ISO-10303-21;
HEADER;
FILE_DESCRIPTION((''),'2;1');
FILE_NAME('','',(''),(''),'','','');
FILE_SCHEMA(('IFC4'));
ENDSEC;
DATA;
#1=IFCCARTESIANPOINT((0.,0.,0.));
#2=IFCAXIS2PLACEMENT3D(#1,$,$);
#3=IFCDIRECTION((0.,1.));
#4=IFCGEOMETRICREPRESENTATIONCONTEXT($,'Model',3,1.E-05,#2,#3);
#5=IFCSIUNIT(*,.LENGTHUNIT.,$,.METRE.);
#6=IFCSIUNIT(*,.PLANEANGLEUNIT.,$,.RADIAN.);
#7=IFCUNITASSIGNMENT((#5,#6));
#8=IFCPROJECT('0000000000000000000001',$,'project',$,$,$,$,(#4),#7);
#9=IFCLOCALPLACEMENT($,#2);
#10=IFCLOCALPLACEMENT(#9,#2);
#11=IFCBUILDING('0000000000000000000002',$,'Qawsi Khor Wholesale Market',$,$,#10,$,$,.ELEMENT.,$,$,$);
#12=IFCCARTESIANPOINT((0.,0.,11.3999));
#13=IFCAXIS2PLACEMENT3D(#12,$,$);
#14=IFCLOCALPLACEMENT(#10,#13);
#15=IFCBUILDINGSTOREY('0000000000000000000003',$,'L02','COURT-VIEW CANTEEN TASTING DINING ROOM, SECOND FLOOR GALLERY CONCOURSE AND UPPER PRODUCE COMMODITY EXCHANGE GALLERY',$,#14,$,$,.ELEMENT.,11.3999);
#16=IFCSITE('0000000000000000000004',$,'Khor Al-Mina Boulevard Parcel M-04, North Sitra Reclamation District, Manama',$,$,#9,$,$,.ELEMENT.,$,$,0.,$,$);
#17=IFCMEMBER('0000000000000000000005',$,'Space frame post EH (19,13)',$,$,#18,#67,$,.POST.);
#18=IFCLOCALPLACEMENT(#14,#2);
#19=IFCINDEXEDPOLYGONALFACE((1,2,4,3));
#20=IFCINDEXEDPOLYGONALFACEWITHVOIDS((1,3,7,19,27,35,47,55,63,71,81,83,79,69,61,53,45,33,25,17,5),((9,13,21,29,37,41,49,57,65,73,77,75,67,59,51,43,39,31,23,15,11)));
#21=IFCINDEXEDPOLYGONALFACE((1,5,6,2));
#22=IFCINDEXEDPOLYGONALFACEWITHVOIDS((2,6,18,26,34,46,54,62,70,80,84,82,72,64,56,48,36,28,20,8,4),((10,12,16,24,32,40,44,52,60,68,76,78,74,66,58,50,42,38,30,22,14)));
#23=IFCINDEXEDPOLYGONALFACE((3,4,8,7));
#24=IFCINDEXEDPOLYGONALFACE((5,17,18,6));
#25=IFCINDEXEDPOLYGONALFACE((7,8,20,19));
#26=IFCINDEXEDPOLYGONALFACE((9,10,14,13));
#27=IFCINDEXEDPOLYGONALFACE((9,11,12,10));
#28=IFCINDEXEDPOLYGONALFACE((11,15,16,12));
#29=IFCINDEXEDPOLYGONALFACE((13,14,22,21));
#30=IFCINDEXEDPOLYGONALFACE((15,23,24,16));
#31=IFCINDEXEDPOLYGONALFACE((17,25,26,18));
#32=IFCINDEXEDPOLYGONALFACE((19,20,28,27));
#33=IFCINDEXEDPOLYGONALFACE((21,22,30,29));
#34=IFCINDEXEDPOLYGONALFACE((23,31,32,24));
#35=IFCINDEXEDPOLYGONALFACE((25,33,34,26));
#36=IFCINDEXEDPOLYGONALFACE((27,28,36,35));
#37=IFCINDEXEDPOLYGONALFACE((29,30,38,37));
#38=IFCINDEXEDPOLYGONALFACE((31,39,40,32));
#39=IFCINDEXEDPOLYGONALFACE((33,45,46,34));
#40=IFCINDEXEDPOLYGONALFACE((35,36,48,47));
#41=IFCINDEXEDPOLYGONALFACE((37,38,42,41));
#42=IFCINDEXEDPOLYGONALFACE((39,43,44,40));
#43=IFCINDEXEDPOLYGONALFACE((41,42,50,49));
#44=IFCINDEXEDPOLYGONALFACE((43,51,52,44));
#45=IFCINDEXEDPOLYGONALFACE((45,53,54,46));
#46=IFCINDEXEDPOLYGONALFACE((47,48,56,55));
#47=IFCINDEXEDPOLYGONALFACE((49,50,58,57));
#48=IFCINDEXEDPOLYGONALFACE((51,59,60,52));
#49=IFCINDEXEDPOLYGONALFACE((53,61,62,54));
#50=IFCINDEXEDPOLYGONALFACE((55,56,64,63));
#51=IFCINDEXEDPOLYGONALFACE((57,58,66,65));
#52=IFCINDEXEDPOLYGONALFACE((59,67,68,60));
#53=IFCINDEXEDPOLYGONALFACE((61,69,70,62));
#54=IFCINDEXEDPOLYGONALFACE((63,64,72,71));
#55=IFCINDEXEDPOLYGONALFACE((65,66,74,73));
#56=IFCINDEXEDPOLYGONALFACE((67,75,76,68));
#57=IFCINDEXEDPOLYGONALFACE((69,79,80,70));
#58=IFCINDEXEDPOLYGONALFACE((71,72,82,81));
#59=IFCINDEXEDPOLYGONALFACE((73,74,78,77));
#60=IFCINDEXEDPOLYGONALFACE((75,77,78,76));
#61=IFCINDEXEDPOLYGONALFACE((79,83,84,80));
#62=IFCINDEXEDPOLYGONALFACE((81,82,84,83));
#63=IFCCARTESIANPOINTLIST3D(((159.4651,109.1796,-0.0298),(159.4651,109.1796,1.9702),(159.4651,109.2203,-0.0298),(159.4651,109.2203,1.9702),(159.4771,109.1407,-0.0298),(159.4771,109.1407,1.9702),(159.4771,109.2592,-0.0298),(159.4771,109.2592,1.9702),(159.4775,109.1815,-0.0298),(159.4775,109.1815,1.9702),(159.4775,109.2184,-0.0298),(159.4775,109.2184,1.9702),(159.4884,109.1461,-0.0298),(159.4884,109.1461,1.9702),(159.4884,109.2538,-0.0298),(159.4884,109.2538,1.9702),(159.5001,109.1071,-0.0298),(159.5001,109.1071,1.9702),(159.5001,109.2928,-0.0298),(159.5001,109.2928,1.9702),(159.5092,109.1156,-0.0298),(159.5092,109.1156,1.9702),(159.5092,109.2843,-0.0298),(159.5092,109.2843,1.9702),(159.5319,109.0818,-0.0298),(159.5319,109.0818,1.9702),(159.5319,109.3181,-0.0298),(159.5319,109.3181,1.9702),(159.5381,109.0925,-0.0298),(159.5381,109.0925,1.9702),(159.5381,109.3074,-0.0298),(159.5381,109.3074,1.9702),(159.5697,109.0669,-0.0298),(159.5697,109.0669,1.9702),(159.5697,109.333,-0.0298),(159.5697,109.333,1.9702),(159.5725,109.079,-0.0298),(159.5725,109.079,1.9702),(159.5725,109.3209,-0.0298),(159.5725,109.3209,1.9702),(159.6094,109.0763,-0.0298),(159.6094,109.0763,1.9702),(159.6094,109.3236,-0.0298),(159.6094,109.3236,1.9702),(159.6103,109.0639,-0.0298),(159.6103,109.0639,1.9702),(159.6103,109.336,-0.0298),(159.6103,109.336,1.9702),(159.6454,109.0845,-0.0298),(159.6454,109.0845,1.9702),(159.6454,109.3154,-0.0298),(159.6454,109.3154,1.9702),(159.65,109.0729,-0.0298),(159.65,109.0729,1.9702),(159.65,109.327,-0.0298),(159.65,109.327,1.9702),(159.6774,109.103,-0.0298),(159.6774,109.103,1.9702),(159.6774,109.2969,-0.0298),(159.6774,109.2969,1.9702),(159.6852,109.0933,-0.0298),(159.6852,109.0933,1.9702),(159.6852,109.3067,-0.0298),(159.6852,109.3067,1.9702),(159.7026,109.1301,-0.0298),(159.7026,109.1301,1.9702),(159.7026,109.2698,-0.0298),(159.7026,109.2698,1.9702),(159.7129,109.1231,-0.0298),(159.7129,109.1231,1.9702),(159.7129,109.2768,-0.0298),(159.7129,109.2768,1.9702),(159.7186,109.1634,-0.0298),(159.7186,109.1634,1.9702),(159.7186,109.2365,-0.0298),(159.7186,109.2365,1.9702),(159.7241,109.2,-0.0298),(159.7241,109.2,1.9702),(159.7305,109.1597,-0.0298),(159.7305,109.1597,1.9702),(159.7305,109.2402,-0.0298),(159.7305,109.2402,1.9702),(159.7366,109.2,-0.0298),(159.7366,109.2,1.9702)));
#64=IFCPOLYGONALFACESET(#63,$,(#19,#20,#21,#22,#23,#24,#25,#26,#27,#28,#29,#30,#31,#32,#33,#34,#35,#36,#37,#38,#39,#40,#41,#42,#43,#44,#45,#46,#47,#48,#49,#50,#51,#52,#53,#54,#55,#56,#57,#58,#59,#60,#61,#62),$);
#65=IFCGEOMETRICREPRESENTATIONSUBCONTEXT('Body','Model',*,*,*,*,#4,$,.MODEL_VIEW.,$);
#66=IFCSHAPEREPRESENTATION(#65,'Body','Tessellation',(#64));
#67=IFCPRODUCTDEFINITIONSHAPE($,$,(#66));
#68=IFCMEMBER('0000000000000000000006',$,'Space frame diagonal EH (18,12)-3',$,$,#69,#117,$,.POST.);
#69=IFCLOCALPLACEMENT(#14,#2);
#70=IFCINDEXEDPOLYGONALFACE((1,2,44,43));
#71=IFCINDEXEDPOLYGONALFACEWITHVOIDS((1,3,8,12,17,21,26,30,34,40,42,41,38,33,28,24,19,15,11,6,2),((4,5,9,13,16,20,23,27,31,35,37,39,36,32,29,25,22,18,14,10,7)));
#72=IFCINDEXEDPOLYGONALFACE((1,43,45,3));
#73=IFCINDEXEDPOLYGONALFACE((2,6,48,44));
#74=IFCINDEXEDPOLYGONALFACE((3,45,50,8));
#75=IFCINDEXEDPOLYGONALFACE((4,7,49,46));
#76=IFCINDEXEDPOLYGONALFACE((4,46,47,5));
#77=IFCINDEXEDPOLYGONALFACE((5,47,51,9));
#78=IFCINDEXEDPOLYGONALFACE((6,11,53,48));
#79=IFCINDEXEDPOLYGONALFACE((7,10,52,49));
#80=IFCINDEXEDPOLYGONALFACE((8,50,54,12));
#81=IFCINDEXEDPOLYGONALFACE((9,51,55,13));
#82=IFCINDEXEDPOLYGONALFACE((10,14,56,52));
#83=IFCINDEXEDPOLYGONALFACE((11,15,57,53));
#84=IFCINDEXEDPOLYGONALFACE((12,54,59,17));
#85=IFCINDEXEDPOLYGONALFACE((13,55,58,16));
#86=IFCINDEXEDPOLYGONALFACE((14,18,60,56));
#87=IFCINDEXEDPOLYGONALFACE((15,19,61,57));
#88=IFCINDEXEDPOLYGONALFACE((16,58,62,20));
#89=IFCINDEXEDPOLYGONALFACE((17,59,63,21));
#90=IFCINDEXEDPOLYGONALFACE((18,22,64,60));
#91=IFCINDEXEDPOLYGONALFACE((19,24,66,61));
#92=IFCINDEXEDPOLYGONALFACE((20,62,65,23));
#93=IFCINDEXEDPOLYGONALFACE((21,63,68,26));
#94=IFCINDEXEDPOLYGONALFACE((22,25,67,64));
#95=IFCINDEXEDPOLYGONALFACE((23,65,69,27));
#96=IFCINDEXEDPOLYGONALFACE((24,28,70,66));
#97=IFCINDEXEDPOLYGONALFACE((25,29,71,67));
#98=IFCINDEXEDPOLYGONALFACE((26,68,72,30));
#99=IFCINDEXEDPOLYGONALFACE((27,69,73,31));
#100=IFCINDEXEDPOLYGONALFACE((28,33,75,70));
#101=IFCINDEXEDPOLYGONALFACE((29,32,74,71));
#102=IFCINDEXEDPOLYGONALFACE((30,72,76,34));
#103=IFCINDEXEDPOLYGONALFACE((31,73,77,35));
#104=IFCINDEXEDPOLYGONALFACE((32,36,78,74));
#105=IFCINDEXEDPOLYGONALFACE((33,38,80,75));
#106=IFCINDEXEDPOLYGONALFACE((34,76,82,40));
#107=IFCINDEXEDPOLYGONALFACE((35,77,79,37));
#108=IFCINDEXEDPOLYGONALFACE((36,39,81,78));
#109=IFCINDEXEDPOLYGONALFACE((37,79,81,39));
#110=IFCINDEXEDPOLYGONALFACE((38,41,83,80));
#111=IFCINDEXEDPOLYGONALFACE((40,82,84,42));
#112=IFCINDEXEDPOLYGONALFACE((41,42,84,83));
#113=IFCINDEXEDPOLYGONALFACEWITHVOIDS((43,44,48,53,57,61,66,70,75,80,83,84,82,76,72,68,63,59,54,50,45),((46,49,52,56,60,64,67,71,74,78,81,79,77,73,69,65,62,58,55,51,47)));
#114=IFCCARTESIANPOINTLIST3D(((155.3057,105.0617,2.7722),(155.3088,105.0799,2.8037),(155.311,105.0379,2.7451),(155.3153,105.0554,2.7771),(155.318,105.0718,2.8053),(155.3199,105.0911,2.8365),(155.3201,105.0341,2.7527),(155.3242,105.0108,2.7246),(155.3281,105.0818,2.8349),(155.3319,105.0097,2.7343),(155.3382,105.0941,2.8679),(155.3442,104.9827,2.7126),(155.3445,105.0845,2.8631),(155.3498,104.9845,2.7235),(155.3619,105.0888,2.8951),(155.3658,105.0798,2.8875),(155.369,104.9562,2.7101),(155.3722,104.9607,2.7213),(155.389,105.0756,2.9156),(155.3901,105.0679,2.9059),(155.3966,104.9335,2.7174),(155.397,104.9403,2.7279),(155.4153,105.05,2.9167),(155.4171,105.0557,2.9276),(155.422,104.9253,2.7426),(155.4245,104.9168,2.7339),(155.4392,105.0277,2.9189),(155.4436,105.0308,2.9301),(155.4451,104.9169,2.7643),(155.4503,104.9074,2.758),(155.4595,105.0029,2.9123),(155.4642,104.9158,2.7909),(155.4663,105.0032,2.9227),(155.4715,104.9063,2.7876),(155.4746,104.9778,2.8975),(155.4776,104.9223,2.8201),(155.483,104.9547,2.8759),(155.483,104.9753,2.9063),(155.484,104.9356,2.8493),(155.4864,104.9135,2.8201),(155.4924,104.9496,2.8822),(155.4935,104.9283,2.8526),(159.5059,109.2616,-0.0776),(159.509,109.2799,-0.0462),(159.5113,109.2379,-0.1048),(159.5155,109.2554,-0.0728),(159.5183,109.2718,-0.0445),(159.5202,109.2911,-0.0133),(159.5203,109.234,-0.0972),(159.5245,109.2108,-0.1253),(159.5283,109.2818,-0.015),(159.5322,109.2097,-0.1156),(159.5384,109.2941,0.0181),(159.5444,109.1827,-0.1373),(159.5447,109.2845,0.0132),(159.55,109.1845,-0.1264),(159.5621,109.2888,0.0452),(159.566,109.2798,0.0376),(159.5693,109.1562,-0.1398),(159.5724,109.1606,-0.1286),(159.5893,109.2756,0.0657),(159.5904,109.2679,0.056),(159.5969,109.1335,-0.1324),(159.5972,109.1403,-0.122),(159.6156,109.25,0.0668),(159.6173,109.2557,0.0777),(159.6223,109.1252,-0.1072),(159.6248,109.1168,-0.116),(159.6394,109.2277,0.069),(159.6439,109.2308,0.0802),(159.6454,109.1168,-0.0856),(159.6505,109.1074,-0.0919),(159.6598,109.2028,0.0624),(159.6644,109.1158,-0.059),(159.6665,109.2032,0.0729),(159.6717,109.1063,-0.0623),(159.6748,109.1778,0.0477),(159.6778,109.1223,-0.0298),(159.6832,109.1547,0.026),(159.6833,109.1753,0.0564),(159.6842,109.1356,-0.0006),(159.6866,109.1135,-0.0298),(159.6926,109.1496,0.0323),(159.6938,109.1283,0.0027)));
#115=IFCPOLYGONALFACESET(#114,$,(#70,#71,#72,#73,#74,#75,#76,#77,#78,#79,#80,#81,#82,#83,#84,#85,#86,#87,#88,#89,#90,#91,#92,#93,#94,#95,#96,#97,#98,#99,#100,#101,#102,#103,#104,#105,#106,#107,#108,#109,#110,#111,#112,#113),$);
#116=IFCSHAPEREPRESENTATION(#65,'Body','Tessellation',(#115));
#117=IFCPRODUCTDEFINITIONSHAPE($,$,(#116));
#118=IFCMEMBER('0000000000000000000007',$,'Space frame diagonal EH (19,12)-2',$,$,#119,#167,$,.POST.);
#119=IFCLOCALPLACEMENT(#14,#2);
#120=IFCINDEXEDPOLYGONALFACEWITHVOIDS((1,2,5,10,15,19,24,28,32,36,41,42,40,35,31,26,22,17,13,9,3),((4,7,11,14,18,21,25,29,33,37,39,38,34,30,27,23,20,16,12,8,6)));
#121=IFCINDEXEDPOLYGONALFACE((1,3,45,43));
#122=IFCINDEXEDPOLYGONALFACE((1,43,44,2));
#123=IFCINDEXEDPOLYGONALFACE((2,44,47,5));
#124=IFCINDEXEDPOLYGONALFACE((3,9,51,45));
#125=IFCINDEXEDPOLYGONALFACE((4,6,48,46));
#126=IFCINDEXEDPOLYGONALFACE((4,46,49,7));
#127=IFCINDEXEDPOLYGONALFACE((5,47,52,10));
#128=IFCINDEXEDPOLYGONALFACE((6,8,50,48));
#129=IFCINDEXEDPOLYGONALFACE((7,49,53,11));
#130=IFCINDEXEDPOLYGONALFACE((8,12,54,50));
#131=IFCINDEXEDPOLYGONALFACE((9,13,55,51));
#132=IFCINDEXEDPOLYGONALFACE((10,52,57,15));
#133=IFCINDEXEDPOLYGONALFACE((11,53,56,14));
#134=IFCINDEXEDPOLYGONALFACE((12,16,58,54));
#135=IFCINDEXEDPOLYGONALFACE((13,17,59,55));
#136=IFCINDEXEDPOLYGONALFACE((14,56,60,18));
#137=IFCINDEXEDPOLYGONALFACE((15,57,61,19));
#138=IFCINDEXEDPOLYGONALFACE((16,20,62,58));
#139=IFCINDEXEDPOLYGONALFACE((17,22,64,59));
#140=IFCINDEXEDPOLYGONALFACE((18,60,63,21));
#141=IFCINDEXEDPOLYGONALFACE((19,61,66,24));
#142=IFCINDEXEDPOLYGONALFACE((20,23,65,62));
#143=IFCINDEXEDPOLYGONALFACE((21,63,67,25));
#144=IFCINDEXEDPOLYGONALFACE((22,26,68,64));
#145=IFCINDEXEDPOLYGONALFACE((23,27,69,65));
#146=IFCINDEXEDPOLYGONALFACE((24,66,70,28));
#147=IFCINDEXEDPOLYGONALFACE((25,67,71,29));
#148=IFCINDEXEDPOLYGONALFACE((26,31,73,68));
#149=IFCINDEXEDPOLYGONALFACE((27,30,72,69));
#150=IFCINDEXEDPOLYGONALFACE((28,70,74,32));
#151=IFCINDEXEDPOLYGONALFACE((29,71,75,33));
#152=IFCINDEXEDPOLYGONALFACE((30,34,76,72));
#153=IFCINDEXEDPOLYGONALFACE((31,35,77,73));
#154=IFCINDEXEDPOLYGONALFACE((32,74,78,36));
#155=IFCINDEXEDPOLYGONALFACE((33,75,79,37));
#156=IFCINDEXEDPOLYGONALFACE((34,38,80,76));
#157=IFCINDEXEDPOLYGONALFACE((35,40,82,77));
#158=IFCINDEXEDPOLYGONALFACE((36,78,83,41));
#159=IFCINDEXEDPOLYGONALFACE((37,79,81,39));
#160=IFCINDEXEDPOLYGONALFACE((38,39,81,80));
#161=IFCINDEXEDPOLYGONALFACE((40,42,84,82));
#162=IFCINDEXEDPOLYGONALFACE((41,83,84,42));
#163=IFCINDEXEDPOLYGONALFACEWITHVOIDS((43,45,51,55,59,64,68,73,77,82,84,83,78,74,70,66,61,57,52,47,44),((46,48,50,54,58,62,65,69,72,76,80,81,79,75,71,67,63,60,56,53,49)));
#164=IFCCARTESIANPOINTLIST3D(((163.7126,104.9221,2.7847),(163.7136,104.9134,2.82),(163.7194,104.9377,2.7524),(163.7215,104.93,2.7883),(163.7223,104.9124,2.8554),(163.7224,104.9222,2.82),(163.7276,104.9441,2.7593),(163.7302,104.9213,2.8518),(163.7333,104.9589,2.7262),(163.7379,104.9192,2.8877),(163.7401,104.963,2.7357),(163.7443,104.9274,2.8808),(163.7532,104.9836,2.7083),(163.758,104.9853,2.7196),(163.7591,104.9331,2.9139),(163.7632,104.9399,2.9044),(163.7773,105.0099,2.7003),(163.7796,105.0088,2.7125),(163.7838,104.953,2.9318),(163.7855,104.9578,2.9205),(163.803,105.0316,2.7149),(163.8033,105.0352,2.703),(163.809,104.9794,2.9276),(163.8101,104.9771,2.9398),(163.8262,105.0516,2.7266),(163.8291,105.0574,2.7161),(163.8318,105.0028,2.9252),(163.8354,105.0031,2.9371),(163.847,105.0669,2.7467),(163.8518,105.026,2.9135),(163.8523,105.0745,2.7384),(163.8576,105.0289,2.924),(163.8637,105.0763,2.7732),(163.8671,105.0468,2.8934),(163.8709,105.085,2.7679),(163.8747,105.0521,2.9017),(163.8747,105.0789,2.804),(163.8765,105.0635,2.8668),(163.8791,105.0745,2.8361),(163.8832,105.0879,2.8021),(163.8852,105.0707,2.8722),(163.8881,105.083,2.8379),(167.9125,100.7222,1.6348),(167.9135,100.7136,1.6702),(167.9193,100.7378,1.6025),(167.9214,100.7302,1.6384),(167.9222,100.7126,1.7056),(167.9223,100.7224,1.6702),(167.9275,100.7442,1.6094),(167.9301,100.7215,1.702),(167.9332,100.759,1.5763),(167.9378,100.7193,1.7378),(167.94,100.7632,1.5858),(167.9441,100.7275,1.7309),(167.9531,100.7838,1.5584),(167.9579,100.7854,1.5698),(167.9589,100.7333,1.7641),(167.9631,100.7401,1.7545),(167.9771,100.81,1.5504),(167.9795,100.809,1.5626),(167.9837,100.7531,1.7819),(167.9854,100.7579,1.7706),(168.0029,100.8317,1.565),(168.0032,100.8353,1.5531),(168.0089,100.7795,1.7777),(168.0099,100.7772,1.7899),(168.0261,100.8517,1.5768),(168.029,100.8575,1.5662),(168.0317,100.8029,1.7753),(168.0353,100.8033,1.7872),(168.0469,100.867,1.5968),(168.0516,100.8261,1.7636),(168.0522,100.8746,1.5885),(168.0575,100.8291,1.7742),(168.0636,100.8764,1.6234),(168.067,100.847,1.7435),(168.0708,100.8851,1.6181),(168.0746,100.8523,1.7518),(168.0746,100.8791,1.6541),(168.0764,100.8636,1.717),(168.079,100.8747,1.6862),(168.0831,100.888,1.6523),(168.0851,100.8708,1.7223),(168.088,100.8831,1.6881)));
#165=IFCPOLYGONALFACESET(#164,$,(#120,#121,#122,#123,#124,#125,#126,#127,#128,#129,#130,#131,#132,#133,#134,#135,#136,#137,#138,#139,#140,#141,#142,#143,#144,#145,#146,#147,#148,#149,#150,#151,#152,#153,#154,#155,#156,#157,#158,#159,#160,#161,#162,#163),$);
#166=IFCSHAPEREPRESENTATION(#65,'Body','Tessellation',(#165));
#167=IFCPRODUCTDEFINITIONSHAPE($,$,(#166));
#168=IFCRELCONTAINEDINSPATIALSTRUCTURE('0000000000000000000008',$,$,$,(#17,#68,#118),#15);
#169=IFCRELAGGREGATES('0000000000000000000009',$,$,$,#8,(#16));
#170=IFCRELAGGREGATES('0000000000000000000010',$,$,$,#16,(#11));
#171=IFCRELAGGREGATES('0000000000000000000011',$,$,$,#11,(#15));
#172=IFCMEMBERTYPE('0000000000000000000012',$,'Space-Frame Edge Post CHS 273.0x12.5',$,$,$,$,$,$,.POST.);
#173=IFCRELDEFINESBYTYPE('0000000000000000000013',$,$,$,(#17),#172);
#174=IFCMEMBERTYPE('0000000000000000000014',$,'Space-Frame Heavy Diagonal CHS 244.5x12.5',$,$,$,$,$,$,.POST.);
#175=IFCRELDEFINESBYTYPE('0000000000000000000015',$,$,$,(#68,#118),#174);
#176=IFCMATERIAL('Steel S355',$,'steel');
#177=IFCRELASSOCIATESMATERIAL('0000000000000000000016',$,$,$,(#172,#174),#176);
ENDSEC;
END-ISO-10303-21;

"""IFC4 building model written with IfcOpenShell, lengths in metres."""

from ifc_helpers import new_model, si_unit, direction, frame, origin, origin_2d, place, context, subcontext, project, spatial, hollow_circle, extrude, material, material_profile, profile_set, type_object, element, save


model = new_model("IFC4")

# Units and contexts
model_context = context("Model", 3, precision=1e-05, world=origin(), true_north=direction((0.0, 1.0)))
body_context = subcontext(model_context, "Body", "Model", "MODEL_VIEW")
ifc_project = project(units=[si_unit("LENGTHUNIT", "METRE"), si_unit("PLANEANGLEUNIT", "RADIAN")], contexts=[model_context])

# Site, building, storey
site_placement = place(None, origin())
site = spatial("IfcSite", under=ifc_project, at=site_placement, Name="Khor Al-Mina Boulevard Parcel M-04, North Sitra Reclamation District, Manama", CompositionType="ELEMENT", RefElevation=0.0)
building_placement = place(site_placement, origin())
building = spatial("IfcBuilding", under=site, at=building_placement, Name="Qawsi Khor Wholesale Market", CompositionType="ELEMENT")
storey_placement = place(building_placement, frame((0.0, 0.0, 11.3999)))
storey = spatial("IfcBuildingStorey", under=building, at=storey_placement, Name="L02", Description="COURT-VIEW CANTEEN TASTING DINING ROOM, SECOND FLOOR GALLERY CONCOURSE AND UPPER PRODUCE COMMODITY EXCHANGE GALLERY", CompositionType="ELEMENT", Elevation=11.3999)

# Members
ifc_material_1 = material(Name="Steel S355", Category="steel")
ifc_material_profile_1 = material_profile(ifc_material_1, hollow_circle(Radius=0.1365, WallThickness=0.0125, at=origin_2d()), Name="CHS 273.0x12.5")
ifc_profile_set_1 = profile_set([ifc_material_profile_1], Name="Steel S355")
member_type_1 = type_object("IfcMemberType", Name="Space-Frame Edge Post CHS 273.0x12.5", PredefinedType="POST", material=ifc_profile_set_1)
member_1_placement = place(storey_placement, frame((159.6001, 109.2, -0.0298), z_axis=(0.0, 0.0, 1.0), x_axis=(1.0, 0.0, 0.0)))
element("IfcMember", 1, at=member_1_placement, inside=storey, type_object=member_type_1, Name="Space frame post EH (19,13)", PredefinedType="POST", context=body_context, shape_type="SweptSolid", body=[
    extrude(hollow_circle(Radius=0.1365, WallThickness=0.0125, at=origin_2d()), origin(), (0.0, 0.0, 1.0), 2.0),
])
ifc_material_profile_2 = material_profile(ifc_material_1, hollow_circle(Radius=0.1223, WallThickness=0.0125, at=origin_2d()), Name="CHS 244.5x12.5")
ifc_profile_set_2 = profile_set([ifc_material_profile_2], Name="Steel S355")
member_type_2 = type_object("IfcMemberType", Name="Space-Frame Heavy Diagonal CHS 244.5x12.5", PredefinedType="POST", material=ifc_profile_set_2)
member_2_placement = place(storey_placement, frame((159.6001, 109.2, -0.0298), z_axis=(-0.637544, -0.637507, 0.432577), x_axis=(0.707086, -0.707127, 0.0)))
element("IfcMember", 2, at=member_2_placement, inside=storey, type_object=member_type_2, Name="Space frame diagonal EH (18,12)-3", PredefinedType="POST", context=body_context, shape_type="SweptSolid", body=[
    extrude(hollow_circle(Radius=0.1223, WallThickness=0.0125, at=origin_2d()), origin(), (0.0, 0.0, 1.0), 6.5881),
])
member_3_placement = place(storey_placement, frame((168.0, 100.8, 1.6702), z_axis=(-0.694217, 0.694217, 0.190069), x_axis=(-0.707107, -0.707107, 0.0)))
element("IfcMember", 3, at=member_3_placement, inside=storey, type_object=member_type_2, Name="Space frame diagonal EH (19,12)-2", PredefinedType="POST", context=body_context, shape_type="SweptSolid", body=[
    extrude(hollow_circle(Radius=0.1223, WallThickness=0.0125, at=origin_2d()), origin(), (0.0, 0.0, 1.0), 6.0498),
])

save(model, "model.ifc")
